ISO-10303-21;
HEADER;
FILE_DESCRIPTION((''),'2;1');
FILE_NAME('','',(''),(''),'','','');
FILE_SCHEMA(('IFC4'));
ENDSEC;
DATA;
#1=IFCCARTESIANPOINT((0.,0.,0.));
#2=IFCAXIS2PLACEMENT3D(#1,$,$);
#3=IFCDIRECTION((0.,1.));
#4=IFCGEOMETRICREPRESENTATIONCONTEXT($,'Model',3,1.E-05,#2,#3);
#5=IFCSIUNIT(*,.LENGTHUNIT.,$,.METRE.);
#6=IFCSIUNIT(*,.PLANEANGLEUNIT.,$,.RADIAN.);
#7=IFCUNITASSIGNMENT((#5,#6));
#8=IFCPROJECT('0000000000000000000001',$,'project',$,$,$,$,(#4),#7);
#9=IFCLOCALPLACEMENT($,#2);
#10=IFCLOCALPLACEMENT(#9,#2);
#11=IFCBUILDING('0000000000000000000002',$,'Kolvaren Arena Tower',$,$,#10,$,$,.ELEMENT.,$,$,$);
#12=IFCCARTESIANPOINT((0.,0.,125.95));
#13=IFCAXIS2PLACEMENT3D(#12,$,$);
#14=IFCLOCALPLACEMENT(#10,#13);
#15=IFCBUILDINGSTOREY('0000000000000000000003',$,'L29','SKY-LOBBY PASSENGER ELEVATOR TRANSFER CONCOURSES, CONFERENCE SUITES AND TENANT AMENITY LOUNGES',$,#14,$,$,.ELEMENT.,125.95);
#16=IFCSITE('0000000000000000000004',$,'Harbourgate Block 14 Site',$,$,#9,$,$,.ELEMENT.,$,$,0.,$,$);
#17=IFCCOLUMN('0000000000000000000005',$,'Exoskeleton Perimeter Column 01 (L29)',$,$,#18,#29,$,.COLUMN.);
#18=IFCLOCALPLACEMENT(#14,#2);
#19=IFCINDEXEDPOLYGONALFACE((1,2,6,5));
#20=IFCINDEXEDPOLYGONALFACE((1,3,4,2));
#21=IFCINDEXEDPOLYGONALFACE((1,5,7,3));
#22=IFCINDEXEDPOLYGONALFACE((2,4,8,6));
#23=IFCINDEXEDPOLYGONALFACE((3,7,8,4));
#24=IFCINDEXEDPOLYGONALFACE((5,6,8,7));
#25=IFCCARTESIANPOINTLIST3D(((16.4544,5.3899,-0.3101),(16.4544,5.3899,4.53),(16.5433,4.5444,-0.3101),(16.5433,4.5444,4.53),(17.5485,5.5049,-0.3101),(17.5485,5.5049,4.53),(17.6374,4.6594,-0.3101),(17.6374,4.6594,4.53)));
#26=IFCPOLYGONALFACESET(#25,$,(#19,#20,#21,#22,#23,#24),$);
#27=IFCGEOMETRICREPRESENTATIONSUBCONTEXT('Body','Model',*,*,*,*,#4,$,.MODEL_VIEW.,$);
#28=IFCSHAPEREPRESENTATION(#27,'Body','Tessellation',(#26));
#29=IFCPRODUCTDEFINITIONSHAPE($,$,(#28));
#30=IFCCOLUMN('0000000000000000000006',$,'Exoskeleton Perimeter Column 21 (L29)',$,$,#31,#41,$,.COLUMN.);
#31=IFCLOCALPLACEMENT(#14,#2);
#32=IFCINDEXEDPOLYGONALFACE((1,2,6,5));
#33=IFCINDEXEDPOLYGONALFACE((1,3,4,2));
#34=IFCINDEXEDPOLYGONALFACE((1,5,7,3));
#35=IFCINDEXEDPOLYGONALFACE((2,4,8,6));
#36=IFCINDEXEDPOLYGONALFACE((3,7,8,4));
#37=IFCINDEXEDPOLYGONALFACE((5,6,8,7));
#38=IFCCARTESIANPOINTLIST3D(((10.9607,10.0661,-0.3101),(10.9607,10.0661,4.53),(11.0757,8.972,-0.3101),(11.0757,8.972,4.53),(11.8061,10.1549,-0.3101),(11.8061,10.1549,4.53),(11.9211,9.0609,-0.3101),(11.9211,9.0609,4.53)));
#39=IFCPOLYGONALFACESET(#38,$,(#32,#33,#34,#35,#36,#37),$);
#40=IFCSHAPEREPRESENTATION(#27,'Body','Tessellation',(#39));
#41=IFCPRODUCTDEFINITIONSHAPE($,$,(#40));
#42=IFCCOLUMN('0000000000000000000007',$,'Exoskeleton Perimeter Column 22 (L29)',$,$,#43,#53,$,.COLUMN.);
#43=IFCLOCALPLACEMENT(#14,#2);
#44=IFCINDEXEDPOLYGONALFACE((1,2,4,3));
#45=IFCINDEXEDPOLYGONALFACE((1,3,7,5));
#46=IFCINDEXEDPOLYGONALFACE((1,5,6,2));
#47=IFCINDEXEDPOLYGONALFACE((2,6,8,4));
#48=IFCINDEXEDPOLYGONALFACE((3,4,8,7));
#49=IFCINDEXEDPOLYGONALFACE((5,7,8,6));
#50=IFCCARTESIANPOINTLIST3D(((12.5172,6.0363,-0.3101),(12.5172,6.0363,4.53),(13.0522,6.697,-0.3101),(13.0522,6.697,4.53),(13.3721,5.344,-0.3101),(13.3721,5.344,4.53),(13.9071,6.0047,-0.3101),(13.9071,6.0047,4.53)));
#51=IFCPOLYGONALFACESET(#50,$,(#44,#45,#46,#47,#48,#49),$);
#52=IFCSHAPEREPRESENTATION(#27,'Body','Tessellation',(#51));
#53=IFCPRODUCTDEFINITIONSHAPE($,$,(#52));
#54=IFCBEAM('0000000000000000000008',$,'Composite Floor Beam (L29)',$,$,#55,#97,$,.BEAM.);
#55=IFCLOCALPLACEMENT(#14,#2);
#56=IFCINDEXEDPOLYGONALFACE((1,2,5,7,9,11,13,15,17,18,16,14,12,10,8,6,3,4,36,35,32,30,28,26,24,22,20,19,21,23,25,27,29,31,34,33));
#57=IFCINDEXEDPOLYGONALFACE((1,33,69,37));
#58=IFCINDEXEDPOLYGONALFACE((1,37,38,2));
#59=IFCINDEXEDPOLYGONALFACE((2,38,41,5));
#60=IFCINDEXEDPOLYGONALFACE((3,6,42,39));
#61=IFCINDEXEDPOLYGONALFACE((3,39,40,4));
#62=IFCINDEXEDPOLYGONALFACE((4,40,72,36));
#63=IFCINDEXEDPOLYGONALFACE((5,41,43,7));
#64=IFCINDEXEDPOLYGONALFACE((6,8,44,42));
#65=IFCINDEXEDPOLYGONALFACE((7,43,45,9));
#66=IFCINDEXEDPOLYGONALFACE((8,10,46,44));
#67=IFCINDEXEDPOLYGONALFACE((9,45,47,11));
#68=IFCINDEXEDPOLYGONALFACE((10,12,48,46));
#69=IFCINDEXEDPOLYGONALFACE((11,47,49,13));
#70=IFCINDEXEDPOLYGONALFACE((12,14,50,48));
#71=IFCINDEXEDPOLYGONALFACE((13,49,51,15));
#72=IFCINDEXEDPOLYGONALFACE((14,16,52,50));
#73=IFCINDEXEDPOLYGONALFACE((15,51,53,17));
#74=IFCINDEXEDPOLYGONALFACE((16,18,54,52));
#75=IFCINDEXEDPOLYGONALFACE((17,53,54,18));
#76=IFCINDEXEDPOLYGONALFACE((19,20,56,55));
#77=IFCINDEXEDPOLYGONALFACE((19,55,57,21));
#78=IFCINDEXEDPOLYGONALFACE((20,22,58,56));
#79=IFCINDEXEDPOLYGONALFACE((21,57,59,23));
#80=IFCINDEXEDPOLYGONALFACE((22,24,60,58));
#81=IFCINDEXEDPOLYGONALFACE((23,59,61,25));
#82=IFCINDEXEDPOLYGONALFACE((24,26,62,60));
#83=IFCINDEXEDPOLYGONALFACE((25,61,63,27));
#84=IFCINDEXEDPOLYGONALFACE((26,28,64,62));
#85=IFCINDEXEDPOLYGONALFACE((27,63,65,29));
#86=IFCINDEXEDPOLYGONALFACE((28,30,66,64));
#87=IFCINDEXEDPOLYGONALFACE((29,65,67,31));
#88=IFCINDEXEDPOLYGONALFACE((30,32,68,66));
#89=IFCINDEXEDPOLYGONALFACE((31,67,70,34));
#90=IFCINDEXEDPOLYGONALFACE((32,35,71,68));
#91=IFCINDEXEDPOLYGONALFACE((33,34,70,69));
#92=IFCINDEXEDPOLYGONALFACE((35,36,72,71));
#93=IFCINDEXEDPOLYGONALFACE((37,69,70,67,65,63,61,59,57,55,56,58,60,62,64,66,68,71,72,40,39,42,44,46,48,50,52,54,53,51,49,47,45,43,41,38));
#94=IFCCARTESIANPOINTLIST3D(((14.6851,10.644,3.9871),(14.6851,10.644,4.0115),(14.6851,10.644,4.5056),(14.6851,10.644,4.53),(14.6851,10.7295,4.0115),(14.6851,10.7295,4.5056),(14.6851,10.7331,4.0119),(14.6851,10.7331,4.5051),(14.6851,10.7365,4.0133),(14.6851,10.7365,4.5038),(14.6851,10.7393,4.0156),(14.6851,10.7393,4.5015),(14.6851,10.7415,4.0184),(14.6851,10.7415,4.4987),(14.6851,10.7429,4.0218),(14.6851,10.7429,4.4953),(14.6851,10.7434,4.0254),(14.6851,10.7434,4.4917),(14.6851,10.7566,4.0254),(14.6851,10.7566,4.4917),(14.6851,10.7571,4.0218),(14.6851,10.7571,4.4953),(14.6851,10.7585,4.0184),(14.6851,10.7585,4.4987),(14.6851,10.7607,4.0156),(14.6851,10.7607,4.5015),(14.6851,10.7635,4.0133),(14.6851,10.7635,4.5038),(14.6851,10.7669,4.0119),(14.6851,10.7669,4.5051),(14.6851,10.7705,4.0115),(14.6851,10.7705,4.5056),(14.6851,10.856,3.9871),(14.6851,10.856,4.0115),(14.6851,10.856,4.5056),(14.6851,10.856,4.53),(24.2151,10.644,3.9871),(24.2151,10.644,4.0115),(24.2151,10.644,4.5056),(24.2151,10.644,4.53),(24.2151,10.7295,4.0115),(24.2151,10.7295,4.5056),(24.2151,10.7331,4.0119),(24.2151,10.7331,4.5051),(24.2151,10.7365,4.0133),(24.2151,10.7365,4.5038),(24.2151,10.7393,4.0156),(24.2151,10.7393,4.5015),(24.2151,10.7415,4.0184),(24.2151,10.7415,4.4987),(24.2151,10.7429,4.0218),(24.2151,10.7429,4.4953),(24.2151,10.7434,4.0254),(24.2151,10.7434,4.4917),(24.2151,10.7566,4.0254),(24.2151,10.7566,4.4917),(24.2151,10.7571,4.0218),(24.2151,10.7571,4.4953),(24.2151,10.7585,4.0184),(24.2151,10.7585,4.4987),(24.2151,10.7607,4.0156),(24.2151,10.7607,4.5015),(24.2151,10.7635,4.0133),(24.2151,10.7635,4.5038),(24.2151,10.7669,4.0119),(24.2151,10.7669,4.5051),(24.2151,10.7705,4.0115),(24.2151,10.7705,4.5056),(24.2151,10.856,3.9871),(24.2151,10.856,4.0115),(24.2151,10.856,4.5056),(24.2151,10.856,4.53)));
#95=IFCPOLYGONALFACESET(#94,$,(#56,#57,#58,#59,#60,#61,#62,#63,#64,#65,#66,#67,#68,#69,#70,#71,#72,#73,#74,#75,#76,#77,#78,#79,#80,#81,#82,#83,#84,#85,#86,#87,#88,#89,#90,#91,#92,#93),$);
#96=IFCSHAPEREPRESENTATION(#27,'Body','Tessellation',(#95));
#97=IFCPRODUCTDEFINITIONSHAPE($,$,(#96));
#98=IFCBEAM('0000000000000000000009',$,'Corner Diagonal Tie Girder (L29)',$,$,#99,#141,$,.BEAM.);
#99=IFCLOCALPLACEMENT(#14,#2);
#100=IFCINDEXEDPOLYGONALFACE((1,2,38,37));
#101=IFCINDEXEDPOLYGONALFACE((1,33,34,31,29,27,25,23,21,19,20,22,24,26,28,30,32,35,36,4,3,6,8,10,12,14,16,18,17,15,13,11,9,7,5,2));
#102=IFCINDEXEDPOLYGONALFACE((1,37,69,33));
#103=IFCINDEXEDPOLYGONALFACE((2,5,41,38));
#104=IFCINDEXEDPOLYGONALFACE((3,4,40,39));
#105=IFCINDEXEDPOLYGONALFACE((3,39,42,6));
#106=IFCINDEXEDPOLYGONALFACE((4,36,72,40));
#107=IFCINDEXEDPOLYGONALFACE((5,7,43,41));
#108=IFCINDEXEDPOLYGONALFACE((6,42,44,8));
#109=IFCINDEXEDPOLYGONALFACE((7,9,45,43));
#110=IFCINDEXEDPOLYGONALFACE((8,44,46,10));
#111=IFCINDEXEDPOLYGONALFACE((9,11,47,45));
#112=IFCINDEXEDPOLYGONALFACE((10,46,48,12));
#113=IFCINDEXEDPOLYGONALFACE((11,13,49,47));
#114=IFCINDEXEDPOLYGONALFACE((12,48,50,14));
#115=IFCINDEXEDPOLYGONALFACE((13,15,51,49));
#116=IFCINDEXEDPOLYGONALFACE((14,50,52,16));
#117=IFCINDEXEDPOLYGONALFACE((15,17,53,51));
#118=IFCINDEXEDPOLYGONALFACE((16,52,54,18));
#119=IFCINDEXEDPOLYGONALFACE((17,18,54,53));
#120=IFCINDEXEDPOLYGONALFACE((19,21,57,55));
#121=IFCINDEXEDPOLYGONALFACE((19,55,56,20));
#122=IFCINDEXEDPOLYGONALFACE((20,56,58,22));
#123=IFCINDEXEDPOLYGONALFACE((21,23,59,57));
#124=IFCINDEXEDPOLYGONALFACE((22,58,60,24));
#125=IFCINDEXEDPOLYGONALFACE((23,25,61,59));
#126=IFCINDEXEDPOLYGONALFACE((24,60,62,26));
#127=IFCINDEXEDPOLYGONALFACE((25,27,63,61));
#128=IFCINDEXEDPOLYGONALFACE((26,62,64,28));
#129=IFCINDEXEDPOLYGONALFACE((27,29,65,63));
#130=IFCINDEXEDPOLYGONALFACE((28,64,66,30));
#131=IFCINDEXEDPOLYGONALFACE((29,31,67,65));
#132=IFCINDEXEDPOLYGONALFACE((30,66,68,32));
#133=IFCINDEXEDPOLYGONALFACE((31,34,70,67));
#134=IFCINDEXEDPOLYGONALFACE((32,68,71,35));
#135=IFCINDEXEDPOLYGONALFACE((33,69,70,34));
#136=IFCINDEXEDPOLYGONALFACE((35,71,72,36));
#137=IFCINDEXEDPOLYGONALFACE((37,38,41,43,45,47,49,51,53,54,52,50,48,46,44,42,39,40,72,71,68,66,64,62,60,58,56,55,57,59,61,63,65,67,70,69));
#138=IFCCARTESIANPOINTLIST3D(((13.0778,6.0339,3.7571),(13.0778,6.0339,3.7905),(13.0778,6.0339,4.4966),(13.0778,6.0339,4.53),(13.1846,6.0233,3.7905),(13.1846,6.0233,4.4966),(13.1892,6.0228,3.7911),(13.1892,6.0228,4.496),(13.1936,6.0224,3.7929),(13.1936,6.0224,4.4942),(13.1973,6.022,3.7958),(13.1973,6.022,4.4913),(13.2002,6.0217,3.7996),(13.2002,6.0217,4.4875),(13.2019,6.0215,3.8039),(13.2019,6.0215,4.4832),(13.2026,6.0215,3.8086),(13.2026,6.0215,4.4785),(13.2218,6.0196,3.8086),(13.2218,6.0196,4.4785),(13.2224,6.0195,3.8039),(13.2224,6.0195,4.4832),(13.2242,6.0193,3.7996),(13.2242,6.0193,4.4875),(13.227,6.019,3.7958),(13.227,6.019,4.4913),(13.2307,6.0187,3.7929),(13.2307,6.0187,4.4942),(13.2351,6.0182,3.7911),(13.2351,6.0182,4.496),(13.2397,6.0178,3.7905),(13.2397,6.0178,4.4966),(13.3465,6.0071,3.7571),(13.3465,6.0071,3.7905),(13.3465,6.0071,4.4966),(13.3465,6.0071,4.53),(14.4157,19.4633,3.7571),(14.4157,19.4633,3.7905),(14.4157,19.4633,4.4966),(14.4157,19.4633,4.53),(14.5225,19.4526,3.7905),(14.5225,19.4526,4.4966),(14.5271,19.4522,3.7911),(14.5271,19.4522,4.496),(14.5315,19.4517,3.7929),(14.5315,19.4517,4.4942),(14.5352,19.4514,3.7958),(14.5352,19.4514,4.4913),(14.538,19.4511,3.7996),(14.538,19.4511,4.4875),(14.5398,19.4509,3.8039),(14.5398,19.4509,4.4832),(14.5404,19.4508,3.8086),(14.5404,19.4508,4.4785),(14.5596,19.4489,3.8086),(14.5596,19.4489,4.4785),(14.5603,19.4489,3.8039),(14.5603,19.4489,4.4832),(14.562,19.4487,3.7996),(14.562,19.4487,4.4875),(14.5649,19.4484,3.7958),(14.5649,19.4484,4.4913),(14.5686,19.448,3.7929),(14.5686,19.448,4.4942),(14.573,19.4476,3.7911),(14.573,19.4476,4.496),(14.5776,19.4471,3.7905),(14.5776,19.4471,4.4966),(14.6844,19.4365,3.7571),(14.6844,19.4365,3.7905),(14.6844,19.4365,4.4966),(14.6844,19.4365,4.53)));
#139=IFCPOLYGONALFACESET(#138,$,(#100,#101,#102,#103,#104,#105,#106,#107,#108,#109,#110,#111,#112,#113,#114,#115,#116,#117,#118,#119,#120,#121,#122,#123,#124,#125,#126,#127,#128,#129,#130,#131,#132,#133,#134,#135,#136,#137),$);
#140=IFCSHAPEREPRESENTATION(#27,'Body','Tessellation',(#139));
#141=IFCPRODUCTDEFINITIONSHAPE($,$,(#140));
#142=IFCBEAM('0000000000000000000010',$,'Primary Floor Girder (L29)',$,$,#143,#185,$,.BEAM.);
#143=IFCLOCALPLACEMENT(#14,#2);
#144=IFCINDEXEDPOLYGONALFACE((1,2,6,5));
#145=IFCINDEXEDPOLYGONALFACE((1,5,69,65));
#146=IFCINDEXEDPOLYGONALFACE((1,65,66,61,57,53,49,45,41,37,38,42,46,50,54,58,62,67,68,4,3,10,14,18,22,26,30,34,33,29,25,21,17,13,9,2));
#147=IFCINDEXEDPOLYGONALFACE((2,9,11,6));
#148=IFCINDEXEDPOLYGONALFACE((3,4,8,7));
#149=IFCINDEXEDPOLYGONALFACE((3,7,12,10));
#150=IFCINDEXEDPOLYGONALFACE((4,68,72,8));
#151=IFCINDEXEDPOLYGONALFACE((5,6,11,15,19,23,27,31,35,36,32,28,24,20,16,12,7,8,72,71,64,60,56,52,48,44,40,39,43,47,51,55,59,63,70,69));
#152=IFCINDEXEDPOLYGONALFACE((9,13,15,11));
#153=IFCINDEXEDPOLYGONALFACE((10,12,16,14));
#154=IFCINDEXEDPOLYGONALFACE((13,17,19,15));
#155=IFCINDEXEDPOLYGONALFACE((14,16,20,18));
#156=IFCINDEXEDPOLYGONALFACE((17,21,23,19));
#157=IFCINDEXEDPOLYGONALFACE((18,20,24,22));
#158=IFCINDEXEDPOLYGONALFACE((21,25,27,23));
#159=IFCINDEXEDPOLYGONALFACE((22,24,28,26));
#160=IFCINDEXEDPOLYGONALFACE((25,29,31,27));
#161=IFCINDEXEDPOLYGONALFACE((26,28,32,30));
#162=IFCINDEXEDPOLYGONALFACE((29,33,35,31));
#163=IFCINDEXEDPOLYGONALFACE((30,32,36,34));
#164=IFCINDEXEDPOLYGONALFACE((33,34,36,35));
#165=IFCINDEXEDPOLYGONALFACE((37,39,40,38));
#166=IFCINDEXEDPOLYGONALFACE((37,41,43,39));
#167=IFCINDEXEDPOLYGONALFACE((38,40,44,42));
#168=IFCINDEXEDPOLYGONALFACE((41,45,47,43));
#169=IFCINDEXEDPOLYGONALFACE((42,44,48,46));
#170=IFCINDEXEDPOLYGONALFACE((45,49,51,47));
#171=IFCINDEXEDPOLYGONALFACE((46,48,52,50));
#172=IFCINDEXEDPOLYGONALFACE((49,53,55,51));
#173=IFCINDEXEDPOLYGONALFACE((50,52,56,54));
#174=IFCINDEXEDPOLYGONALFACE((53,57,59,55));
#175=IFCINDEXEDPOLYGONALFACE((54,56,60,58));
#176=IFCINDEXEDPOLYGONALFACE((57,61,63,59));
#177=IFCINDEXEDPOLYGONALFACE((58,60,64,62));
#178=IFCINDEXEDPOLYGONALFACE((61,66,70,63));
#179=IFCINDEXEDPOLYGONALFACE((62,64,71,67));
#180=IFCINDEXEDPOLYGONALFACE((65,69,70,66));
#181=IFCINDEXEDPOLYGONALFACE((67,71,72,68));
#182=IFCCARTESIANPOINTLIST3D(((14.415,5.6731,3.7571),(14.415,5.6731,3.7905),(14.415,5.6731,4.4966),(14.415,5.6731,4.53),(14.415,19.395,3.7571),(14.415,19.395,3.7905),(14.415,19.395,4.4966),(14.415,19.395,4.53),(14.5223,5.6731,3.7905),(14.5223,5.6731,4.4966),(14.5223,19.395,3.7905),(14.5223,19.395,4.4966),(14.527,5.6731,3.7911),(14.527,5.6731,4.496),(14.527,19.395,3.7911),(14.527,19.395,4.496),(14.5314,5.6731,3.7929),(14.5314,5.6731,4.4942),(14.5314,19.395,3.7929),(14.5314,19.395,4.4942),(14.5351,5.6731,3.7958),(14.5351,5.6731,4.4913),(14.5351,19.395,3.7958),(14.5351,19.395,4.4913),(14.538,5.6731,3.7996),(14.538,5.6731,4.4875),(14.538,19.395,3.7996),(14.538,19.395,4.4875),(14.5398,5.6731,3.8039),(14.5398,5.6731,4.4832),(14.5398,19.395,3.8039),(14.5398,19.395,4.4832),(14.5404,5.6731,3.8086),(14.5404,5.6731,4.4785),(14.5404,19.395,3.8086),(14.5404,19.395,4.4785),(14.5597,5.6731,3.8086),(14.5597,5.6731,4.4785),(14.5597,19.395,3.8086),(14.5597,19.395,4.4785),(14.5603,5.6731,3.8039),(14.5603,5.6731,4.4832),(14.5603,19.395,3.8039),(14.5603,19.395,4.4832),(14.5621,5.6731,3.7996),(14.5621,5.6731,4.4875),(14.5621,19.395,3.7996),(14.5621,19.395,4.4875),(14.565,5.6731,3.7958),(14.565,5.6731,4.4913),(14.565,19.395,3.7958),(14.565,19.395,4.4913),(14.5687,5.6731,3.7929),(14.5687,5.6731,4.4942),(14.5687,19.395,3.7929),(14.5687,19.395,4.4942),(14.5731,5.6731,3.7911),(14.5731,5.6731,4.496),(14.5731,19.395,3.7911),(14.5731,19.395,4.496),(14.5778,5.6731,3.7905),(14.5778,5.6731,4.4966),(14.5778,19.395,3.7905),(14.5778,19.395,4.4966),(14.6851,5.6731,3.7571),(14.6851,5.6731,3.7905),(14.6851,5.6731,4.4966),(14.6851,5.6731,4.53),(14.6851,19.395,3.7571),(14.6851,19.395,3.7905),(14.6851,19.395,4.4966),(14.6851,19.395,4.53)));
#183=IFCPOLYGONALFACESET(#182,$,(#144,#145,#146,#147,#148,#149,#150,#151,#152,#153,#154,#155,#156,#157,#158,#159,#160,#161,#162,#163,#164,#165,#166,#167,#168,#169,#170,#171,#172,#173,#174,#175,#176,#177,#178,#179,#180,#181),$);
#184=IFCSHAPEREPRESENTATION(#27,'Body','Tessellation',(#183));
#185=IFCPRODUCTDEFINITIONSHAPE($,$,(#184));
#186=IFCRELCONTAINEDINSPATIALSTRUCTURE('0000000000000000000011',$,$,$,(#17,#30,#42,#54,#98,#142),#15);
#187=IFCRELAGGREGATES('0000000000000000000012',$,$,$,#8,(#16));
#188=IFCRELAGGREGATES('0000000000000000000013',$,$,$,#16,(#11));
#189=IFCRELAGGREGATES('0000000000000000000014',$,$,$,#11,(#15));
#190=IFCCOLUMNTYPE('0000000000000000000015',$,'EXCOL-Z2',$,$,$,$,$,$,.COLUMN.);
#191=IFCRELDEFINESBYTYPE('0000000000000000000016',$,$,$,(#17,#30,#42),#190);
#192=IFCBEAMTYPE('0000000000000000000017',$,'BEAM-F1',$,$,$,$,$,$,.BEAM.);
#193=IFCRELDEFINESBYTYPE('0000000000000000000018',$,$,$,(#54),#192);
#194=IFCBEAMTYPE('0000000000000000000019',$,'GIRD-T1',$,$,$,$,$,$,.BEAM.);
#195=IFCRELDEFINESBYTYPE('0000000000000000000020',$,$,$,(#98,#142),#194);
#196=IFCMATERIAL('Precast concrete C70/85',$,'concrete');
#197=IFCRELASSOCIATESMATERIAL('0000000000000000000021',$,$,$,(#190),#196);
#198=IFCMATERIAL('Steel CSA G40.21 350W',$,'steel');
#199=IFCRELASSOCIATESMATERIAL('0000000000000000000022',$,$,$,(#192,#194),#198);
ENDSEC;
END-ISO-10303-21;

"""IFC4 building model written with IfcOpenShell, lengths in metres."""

from ifc_helpers import new_model, si_unit, direction, frame, origin, origin_2d, place, context, subcontext, project, spatial, rectangle, i_section, extrude, material, material_profile, profile_set, type_object, element, save


model = new_model("IFC4")

# Units and contexts
model_context = context("Model", 3, precision=1e-05, world=origin(), true_north=direction((0.0, 1.0)))
body_context = subcontext(model_context, "Body", "Model", "MODEL_VIEW")
ifc_project = project(units=[si_unit("LENGTHUNIT", "METRE"), si_unit("PLANEANGLEUNIT", "RADIAN")], contexts=[model_context])

# Site, building, storey
site_placement = place(None, origin())
site = spatial("IfcSite", under=ifc_project, at=site_placement, Name="Harbourgate Block 14 Site", CompositionType="ELEMENT", RefElevation=0.0)
building_placement = place(site_placement, origin())
building = spatial("IfcBuilding", under=site, at=building_placement, Name="Kolvaren Arena Tower", CompositionType="ELEMENT")
storey_placement = place(building_placement, frame((0.0, 0.0, 125.95)))
storey = spatial("IfcBuildingStorey", under=building, at=storey_placement, Name="L29", Description="SKY-LOBBY PASSENGER ELEVATOR TRANSFER CONCOURSES, CONFERENCE SUITES AND TENANT AMENITY LOUNGES", CompositionType="ELEMENT", Elevation=125.95)

# Columns
ifc_material_1 = material(Name="Precast concrete C70/85", Category="concrete")
ifc_material_profile_1 = material_profile(ifc_material_1, rectangle(XDim=1.1001, YDim=0.8501, at=origin_2d()), Name="RC-1100x850")
ifc_profile_set_1 = profile_set([ifc_material_profile_1], Name="Precast concrete C70/85")
column_type = type_object("IfcColumnType", Name="EXCOL-Z2", PredefinedType="COLUMN", material=ifc_profile_set_1)
for number, where, z_axis, x_axis, name in (
    (1, (17.0459, 5.0247, -0.3101), (0.0, 0.0, 1.0), (0.994522, 0.104528, 0.0), "Exoskeleton Perimeter Column 01 (L29)"),
    (2, (11.4409, 9.5635, -0.3101), (0.0, 0.0, 1.0), (-0.104528, 0.994522, 0.0), "Exoskeleton Perimeter Column 21 (L29)"),
    (3, (13.2122, 6.0205, -0.3101), (0.0, 0.0, 1.0), (-0.777146, 0.62932, 0.0), "Exoskeleton Perimeter Column 22 (L29)"),
):
    element("IfcColumn", number, at=place(storey_placement, frame(where, z_axis=z_axis, x_axis=x_axis)), inside=storey, type_object=column_type, Name=name, PredefinedType="COLUMN", context=body_context, shape_type="SweptSolid", body=[
        extrude(rectangle(XDim=1.1001, YDim=0.8501, at=origin_2d()), origin(), (0.0, 0.0, 1.0), 4.8401),
    ])

# Beams
ifc_material_2 = material(Name="Steel CSA G40.21 350W", Category="steel")
ifc_material_profile_2 = material_profile(ifc_material_2, i_section(OverallWidth=0.2119, OverallDepth=0.543, WebThickness=0.0132, FlangeThickness=0.0244, FilletRadius=0.0139, at=origin_2d()), Name="W530x150")
ifc_profile_set_2 = profile_set([ifc_material_profile_2], Name="Steel CSA G40.21 350W")
beam_type_1 = type_object("IfcBeamType", Name="BEAM-F1", PredefinedType="BEAM", material=ifc_profile_set_2)
beam_1_placement = place(storey_placement, frame((14.6851, 10.75, 4.2585), z_axis=(1.0, 0.0, 0.0), x_axis=(0.0, 1.0, 0.0)))
element("IfcBeam", 4, at=beam_1_placement, inside=storey, type_object=beam_type_1, Name="Composite Floor Beam (L29)", PredefinedType="BEAM", context=body_context, shape_type="SweptSolid", body=[
    extrude(i_section(OverallWidth=0.2119, OverallDepth=0.543, WebThickness=0.0132, FlangeThickness=0.0244, FilletRadius=0.0139, at=origin_2d()), origin(), (0.0, 0.0, 1.0), 9.53),
])
ifc_material_profile_3 = material_profile(ifc_material_2, i_section(OverallWidth=0.27, OverallDepth=0.7729, WebThickness=0.0193, FlangeThickness=0.0334, FilletRadius=0.0181, at=origin_2d()), Name="W760x257")
ifc_profile_set_3 = profile_set([ifc_material_profile_3], Name="Steel CSA G40.21 350W")
beam_type_2 = type_object("IfcBeamType", Name="GIRD-T1", PredefinedType="BEAM", material=ifc_profile_set_3)
beam_2_placement = place(storey_placement, frame((13.2122, 6.0205, 4.1436), z_axis=(0.099133, 0.995074, 0.0), x_axis=(-0.995074, 0.099133, 0.0)))
element("IfcBeam", 5, at=beam_2_placement, inside=storey, type_object=beam_type_2, Name="Corner Diagonal Tie Girder (L29)", PredefinedType="BEAM", context=body_context, shape_type="SweptSolid", body=[
    extrude(i_section(OverallWidth=0.27, OverallDepth=0.7729, WebThickness=0.0193, FlangeThickness=0.0334, FilletRadius=0.0181, at=origin_2d()), origin(), (0.0, 0.0, 1.0), 13.4958),
])
beam_3_placement = place(storey_placement, frame((14.55, 5.6731, 4.1436), z_axis=(0.0, 1.0, 0.0), x_axis=(-1.0, 0.0, 0.0)))
element("IfcBeam", 6, at=beam_3_placement, inside=storey, type_object=beam_type_2, Name="Primary Floor Girder (L29)", PredefinedType="BEAM", context=body_context, shape_type="SweptSolid", body=[
    extrude(i_section(OverallWidth=0.27, OverallDepth=0.7729, WebThickness=0.0193, FlangeThickness=0.0334, FilletRadius=0.0181, at=origin_2d()), origin(), (0.0, 0.0, 1.0), 13.7219),
])

save(model, "model.ifc")
